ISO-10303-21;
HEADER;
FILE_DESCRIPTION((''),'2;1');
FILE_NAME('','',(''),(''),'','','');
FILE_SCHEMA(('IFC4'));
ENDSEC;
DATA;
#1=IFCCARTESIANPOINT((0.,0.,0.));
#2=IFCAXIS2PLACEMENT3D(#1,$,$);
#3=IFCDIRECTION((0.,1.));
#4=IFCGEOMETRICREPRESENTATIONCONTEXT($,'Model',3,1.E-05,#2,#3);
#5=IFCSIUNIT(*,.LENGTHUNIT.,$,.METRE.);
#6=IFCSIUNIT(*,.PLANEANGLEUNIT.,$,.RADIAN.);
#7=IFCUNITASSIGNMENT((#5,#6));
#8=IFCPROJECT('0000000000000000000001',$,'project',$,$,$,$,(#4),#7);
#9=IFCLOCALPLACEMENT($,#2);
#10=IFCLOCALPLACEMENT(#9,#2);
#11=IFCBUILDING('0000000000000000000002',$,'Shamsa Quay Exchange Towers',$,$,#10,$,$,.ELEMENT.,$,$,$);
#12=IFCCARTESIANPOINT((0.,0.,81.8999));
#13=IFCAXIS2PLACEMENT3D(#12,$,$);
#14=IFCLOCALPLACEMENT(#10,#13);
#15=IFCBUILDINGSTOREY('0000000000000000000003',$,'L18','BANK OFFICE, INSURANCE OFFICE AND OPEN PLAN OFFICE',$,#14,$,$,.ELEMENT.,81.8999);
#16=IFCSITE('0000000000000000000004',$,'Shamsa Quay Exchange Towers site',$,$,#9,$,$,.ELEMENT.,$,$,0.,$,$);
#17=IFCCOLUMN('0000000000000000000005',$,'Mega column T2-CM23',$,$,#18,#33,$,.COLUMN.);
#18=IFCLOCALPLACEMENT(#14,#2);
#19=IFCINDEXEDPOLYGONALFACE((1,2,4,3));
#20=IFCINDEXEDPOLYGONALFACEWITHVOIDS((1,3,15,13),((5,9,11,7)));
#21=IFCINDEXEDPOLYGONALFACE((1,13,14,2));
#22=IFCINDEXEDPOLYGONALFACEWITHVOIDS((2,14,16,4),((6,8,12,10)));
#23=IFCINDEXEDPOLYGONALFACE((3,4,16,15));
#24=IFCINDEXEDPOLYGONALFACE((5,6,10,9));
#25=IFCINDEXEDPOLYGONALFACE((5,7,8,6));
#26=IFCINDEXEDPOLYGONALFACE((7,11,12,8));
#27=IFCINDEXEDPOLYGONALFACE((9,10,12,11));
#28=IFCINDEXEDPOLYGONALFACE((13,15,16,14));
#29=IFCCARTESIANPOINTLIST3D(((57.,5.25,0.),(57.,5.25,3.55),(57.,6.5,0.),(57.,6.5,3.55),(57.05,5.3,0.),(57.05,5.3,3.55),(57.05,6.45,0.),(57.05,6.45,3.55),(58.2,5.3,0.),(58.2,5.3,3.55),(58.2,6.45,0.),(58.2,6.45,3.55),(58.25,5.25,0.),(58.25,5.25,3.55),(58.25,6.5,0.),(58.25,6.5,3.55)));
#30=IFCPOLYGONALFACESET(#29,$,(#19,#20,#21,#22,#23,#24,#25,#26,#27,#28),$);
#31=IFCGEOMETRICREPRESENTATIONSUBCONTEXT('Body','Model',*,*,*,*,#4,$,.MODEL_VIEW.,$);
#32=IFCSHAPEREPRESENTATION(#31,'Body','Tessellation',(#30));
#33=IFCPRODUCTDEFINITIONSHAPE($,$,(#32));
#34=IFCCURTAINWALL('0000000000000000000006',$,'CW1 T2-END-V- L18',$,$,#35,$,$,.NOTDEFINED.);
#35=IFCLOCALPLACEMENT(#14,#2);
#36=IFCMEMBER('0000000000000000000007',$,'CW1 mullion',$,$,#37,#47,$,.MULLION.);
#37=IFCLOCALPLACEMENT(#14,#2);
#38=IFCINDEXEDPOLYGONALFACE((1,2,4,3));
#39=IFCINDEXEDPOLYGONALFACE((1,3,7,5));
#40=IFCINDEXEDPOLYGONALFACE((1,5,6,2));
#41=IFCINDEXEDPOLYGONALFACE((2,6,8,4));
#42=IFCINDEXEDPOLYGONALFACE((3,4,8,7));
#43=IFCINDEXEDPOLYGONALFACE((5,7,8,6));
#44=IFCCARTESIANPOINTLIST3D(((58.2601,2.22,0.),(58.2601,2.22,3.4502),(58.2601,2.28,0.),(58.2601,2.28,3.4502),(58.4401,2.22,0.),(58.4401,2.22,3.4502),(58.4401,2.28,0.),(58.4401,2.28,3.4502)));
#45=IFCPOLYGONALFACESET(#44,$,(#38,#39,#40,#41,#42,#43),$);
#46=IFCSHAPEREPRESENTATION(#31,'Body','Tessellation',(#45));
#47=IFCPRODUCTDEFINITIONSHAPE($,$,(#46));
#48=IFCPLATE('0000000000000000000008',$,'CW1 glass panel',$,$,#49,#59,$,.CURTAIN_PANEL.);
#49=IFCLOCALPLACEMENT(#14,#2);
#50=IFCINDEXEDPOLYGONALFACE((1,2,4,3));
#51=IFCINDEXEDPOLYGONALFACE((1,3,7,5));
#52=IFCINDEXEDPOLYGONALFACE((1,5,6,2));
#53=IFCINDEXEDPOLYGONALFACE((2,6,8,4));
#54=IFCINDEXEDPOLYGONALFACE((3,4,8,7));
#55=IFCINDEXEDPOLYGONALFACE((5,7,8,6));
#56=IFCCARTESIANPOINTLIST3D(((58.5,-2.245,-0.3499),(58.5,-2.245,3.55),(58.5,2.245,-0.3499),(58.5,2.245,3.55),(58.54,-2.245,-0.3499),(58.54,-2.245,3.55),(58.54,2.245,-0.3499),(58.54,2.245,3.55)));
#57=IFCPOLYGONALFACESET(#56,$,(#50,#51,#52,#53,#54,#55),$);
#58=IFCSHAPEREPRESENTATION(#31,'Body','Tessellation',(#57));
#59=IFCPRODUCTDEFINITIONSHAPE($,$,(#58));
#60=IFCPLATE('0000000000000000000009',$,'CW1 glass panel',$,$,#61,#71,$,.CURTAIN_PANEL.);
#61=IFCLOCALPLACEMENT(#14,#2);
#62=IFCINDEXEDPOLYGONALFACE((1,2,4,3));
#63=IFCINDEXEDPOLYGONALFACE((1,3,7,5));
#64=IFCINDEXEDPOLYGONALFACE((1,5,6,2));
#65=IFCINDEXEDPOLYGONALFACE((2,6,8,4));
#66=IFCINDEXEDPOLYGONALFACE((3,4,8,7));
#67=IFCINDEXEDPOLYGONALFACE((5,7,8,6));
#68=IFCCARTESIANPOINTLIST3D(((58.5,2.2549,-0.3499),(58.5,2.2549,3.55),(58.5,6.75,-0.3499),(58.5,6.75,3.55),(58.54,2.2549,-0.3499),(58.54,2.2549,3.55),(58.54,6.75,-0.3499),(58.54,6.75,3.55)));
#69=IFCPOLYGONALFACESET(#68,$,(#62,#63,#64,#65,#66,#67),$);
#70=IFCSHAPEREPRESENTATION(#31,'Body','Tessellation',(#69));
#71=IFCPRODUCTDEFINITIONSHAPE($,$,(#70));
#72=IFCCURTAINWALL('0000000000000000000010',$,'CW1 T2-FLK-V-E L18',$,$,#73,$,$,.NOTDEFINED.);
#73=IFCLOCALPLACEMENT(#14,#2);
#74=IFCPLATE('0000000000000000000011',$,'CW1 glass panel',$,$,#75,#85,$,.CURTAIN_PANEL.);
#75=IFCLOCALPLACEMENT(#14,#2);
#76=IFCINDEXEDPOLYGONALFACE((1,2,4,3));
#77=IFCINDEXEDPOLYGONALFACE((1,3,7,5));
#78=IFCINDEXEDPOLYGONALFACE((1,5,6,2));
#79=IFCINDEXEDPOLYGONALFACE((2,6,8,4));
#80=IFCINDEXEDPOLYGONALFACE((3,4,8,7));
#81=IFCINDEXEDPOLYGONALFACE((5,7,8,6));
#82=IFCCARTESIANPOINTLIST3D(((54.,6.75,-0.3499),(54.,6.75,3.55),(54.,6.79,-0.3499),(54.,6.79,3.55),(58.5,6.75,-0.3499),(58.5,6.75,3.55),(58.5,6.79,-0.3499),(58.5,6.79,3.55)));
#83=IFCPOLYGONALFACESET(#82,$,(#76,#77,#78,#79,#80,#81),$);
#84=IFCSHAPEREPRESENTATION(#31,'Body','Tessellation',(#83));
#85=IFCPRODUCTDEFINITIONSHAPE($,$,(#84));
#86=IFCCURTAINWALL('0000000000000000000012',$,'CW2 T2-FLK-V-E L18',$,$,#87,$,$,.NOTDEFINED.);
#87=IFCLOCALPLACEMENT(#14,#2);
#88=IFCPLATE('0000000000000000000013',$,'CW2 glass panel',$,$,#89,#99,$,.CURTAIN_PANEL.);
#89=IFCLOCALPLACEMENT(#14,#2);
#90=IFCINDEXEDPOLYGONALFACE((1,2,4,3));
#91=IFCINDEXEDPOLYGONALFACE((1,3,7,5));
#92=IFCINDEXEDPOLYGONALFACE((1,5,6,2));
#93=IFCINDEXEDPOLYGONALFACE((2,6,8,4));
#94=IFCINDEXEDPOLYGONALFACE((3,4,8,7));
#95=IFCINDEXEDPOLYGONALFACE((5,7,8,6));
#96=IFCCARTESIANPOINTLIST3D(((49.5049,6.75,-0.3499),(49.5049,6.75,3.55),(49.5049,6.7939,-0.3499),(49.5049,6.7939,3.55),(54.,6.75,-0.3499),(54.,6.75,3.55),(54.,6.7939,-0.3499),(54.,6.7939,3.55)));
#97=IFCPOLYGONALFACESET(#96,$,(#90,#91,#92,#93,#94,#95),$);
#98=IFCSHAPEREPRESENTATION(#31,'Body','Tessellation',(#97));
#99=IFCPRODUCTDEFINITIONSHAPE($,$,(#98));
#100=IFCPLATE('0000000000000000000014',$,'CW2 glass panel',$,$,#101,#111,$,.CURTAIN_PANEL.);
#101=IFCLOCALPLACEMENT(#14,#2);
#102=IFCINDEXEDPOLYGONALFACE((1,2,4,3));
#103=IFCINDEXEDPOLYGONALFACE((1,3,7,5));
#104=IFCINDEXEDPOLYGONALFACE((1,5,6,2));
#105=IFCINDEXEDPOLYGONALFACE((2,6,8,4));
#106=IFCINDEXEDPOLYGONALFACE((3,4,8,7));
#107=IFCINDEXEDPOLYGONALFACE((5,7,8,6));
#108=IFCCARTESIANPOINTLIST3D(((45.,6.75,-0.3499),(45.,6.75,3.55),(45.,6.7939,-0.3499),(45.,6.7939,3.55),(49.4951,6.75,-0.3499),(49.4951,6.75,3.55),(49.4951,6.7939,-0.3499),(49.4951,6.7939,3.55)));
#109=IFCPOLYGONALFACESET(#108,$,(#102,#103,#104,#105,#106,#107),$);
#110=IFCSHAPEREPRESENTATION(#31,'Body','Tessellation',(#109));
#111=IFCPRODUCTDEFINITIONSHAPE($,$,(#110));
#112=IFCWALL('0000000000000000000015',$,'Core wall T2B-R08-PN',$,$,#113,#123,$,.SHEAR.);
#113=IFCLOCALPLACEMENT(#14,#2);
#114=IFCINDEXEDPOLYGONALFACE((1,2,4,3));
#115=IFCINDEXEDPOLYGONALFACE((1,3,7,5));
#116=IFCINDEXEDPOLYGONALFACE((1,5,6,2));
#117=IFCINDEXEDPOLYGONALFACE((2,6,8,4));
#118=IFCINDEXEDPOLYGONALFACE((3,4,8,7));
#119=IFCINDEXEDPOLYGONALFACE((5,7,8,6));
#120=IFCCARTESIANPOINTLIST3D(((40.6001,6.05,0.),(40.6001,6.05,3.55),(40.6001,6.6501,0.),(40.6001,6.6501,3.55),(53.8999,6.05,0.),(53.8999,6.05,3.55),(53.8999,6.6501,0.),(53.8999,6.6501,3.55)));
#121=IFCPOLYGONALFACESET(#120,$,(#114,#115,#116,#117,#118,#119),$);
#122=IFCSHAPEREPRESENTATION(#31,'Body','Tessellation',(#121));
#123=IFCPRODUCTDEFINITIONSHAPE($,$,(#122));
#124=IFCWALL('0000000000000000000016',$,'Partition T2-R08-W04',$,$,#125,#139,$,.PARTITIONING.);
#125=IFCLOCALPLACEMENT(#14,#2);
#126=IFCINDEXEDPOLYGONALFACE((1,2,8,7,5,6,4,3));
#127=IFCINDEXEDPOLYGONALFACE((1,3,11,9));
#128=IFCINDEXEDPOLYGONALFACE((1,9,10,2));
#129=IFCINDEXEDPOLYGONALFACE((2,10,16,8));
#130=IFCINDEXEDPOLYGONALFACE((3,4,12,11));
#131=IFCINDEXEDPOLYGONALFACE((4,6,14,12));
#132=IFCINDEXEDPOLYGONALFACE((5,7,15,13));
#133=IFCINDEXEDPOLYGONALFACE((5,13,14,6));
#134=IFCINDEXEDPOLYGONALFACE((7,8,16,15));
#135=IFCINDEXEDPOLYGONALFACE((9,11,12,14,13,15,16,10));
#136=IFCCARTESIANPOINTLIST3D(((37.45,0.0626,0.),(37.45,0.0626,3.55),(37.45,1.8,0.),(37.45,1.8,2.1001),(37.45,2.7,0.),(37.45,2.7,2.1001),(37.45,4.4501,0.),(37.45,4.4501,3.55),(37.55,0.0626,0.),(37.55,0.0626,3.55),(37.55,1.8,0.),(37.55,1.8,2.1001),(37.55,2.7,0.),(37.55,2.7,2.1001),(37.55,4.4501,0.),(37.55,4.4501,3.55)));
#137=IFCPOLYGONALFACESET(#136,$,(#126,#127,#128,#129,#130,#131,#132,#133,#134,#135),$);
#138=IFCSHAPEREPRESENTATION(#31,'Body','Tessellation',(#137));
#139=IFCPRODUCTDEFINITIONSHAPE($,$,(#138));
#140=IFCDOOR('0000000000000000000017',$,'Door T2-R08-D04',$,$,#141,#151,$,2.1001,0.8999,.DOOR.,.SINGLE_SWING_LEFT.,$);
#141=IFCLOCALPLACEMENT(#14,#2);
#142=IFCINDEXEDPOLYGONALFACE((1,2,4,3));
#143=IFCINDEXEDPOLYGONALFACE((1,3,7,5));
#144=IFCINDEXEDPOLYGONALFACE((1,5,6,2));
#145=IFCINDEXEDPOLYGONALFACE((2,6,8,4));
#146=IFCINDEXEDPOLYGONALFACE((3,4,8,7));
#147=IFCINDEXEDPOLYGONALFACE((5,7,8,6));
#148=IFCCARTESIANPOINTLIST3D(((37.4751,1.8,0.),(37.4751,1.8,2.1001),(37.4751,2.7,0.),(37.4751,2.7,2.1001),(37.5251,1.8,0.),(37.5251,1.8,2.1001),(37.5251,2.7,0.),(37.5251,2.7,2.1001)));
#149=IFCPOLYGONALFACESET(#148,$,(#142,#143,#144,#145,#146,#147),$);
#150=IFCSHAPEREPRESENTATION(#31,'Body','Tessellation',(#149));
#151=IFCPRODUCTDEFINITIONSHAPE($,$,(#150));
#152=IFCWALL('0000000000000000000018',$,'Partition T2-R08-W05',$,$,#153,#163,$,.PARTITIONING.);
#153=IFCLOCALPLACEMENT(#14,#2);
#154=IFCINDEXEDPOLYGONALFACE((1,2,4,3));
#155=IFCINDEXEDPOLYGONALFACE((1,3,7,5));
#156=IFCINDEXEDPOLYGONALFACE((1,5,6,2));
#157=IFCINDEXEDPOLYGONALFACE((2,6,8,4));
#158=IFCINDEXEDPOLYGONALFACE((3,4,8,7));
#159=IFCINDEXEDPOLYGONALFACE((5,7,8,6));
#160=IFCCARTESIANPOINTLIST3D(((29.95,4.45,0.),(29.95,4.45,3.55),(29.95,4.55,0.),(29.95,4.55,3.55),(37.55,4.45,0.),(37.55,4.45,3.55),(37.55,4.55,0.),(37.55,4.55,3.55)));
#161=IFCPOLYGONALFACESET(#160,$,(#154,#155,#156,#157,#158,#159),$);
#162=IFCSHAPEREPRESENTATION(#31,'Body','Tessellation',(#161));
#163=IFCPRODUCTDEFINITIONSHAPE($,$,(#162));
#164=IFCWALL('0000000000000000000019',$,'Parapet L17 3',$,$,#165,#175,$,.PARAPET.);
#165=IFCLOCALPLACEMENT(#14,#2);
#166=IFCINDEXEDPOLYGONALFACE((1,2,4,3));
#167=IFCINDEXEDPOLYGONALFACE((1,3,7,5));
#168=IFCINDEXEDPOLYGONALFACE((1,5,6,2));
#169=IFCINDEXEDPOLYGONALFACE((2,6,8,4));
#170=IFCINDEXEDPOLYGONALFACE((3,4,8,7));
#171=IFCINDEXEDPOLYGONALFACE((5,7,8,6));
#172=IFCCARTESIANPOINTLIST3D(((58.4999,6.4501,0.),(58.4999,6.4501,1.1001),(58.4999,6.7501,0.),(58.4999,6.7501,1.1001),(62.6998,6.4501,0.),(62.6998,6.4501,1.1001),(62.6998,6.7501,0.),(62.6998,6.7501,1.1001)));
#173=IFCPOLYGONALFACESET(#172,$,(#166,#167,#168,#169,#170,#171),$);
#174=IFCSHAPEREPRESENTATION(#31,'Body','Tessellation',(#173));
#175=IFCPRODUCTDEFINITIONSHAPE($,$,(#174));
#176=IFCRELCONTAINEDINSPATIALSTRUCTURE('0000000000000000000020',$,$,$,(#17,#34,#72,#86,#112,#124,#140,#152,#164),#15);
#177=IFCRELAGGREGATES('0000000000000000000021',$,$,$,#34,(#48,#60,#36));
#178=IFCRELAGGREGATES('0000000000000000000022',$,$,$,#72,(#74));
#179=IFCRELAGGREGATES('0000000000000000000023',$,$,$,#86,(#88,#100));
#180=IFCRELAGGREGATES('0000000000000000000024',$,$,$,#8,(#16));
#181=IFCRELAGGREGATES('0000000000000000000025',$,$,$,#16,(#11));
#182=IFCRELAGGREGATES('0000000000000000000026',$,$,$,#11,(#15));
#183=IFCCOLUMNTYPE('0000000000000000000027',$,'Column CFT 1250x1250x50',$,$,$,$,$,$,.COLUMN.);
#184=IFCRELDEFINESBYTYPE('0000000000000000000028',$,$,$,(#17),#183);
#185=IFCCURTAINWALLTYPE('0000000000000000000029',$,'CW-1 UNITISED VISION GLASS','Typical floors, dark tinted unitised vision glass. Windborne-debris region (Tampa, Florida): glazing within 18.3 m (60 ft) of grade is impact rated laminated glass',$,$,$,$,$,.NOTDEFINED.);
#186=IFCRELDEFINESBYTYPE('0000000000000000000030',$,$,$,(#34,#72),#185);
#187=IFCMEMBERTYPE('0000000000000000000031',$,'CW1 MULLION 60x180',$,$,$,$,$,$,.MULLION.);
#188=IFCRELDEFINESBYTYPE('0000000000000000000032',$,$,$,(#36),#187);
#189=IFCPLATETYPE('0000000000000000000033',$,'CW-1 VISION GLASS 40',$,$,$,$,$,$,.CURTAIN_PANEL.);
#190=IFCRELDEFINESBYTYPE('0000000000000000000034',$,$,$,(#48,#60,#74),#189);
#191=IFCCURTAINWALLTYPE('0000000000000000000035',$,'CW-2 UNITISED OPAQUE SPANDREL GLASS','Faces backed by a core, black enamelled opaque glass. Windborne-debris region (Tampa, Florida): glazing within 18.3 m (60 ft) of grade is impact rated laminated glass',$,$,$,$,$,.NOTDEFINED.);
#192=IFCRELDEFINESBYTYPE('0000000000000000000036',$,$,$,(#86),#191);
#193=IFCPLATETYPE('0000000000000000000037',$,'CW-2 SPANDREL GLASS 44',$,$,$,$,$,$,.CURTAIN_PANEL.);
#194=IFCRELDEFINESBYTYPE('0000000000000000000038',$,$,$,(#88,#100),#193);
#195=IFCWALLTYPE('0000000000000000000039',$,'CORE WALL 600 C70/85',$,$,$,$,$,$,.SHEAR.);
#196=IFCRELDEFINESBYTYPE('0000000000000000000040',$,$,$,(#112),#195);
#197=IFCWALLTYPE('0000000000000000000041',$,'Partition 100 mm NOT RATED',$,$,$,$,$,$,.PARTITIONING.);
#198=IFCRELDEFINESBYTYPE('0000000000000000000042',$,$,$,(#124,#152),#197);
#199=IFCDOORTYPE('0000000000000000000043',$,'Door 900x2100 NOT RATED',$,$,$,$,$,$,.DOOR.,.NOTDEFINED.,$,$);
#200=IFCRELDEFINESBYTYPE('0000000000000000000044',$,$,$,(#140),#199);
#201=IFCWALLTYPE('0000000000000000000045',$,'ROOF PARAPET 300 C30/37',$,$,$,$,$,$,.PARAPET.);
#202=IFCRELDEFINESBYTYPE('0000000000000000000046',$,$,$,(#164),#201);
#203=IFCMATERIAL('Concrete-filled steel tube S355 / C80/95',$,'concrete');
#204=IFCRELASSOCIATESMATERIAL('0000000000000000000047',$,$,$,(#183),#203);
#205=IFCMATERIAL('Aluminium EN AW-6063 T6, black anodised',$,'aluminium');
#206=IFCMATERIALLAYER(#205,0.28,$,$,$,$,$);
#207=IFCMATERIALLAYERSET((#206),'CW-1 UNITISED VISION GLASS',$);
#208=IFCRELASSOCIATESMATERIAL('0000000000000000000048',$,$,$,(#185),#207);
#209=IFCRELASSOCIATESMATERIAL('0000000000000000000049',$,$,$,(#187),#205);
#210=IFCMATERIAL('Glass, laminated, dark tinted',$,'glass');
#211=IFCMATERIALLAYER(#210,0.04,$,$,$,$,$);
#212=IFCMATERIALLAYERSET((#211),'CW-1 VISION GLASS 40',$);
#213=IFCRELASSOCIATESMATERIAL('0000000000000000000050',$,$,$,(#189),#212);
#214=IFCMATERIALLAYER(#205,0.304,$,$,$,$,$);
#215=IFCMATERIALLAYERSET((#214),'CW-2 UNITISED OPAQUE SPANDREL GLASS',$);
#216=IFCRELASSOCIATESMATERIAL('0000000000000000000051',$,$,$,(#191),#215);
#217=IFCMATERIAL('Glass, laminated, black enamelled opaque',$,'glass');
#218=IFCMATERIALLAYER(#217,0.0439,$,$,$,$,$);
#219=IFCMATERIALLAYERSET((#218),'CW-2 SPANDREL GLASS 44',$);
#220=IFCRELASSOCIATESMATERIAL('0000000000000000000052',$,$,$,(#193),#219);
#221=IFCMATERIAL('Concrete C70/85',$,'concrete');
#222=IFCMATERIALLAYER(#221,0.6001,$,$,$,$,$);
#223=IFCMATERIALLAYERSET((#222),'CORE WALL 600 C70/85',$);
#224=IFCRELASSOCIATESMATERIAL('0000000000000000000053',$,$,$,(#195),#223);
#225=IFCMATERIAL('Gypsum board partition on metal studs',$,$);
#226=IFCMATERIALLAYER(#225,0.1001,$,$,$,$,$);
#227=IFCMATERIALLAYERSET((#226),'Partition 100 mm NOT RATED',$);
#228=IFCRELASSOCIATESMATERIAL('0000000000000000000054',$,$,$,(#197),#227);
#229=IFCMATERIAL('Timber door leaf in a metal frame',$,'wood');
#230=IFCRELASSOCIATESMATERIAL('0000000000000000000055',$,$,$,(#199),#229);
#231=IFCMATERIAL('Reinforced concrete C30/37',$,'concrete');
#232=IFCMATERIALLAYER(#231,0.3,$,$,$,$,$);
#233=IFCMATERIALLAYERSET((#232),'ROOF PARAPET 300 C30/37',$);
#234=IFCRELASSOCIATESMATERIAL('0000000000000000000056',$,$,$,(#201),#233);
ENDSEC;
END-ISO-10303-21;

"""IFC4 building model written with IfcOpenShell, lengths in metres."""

from ifc_helpers import new_model, si_unit, direction, frame, frame_2d, origin, origin_2d, place, context, subcontext, project, spatial, rectangle, hollow_rectangle, extrude, material, layer, layer_set, material_profile, profile_set, type_object, element, fill, aggregate, save


model = new_model("IFC4")

# Units and contexts
model_context = context("Model", 3, precision=1e-05, world=origin(), true_north=direction((0.0, 1.0)))
body_context = subcontext(model_context, "Body", "Model", "MODEL_VIEW")
ifc_project = project(units=[si_unit("LENGTHUNIT", "METRE"), si_unit("PLANEANGLEUNIT", "RADIAN")], contexts=[model_context])

# Site, building, storey
site_placement = place(None, origin())
site = spatial("IfcSite", under=ifc_project, at=site_placement, Name="Shamsa Quay Exchange Towers site", CompositionType="ELEMENT", RefElevation=0.0)
building_placement = place(site_placement, origin())
building = spatial("IfcBuilding", under=site, at=building_placement, Name="Shamsa Quay Exchange Towers", CompositionType="ELEMENT")
storey_placement = place(building_placement, frame((0.0, 0.0, 81.8999)))
storey = spatial("IfcBuildingStorey", under=building, at=storey_placement, Name="L18", Description="BANK OFFICE, INSURANCE OFFICE AND OPEN PLAN OFFICE", CompositionType="ELEMENT", Elevation=81.8999)

# Column
ifc_material_1 = material(Name="Concrete-filled steel tube S355 / C80/95", Category="concrete")
ifc_material_profile_1 = material_profile(ifc_material_1, hollow_rectangle(XDim=1.25, YDim=1.25, WallThickness=0.05, at=origin_2d()), Name="CFT 1250x1250x50")
ifc_profile_set_1 = profile_set([ifc_material_profile_1], Name="Concrete-filled steel tube S355 / C80/95")
column_type = type_object("IfcColumnType", Name="Column CFT 1250x1250x50", PredefinedType="COLUMN", material=ifc_profile_set_1)
column_placement = place(storey_placement, frame((57.625, 5.875, 0.0)))
element("IfcColumn", 1, at=column_placement, inside=storey, type_object=column_type, Name="Mega column T2-CM23", PredefinedType="COLUMN", context=body_context, shape_type="SweptSolid", body=[
    extrude(hollow_rectangle(XDim=1.25, YDim=1.25, WallThickness=0.05, at=origin_2d()), origin(), (0.0, 0.0, 1.0), 3.55),
])

# Curtain wall, member, plates
ifc_material_2 = material(Name="Aluminium EN AW-6063 T6, black anodised", Category="aluminium")
ifc_layer_1 = layer(ifc_material_2, 0.28)
ifc_layer_set_1 = layer_set([ifc_layer_1], Name="CW-1 UNITISED VISION GLASS")
curtain_wall_type_1 = type_object("IfcCurtainWallType", Name="CW-1 UNITISED VISION GLASS", Description="Typical floors, dark tinted unitised vision glass. Windborne-debris region (Tampa, Florida): glazing within 18.3 m (60 ft) of grade is impact rated laminated glass", PredefinedType="NOTDEFINED", material=ifc_layer_set_1)
curtain_wall_1_placement = place(storey_placement, origin())
curtain_wall_1 = element("IfcCurtainWall", 2, at=curtain_wall_1_placement, inside=storey, type_object=curtain_wall_type_1, Name="CW1 T2-END-V- L18", PredefinedType="NOTDEFINED")
ifc_material_profile_2 = material_profile(ifc_material_2, rectangle(XDim=0.1799, YDim=0.0601, at=origin_2d()), Name="MU60x180")
ifc_profile_set_2 = profile_set([ifc_material_profile_2], Name="Aluminium EN AW-6063 T6, black anodised")
member_type = type_object("IfcMemberType", Name="CW1 MULLION 60x180", PredefinedType="MULLION", material=ifc_profile_set_2)
member_placement = place(storey_placement, frame((58.3501, 2.25, 0.0), z_axis=(0.0, 0.0, 1.0), x_axis=(-1.0, 0.0, 0.0)))
member = element("IfcMember", 3, at=member_placement, type_object=member_type, Name="CW1 mullion", PredefinedType="MULLION", context=body_context, shape_type="SweptSolid", body=[
    extrude(rectangle(XDim=0.1799, YDim=0.0601, at=origin_2d()), origin(), (0.0, 0.0, 1.0), 3.4502),
])
ifc_material_3 = material(Name="Glass, laminated, dark tinted", Category="glass")
ifc_layer_2 = layer(ifc_material_3, 0.04)
ifc_layer_set_2 = layer_set([ifc_layer_2], Name="CW-1 VISION GLASS 40")
plate_type_1 = type_object("IfcPlateType", Name="CW-1 VISION GLASS 40", PredefinedType="CURTAIN_PANEL", material=ifc_layer_set_2)
plate_1_placement = place(storey_placement, frame((58.52, 0.0, -0.3499), z_axis=(0.0, 0.0, 1.0), x_axis=(0.0, 1.0, 0.0)))
plate_1 = element("IfcPlate", 4, at=plate_1_placement, type_object=plate_type_1, Name="CW1 glass panel", PredefinedType="CURTAIN_PANEL", context=body_context, shape_type="SweptSolid", body=[
    extrude(rectangle(XDim=4.49, YDim=0.04, at=origin_2d()), origin(), (0.0, 0.0, 1.0), 3.8999),
])
plate_2_placement = place(storey_placement, frame((58.52, 4.5024, -0.3499), z_axis=(0.0, 0.0, 1.0), x_axis=(0.0, 1.0, 0.0)))
plate_2 = element("IfcPlate", 5, at=plate_2_placement, type_object=plate_type_1, Name="CW1 glass panel", PredefinedType="CURTAIN_PANEL", context=body_context, shape_type="SweptSolid", body=[
    extrude(rectangle(XDim=4.4951, YDim=0.04, at=origin_2d()), origin(), (0.0, 0.0, 1.0), 3.8999),
])
aggregate(curtain_wall_1, [plate_1, plate_2, member])

# Curtain wall, plate
curtain_wall_2_placement = place(storey_placement, origin())
curtain_wall_2 = element("IfcCurtainWall", 6, at=curtain_wall_2_placement, inside=storey, type_object=curtain_wall_type_1, Name="CW1 T2-FLK-V-E L18", PredefinedType="NOTDEFINED")
plate_3_placement = place(storey_placement, frame((56.25, 6.77, -0.3499), z_axis=(0.0, 0.0, 1.0), x_axis=(-1.0, 0.0, 0.0)))
plate_3 = element("IfcPlate", 7, at=plate_3_placement, type_object=plate_type_1, Name="CW1 glass panel", PredefinedType="CURTAIN_PANEL", context=body_context, shape_type="SweptSolid", body=[
    extrude(rectangle(XDim=4.5, YDim=0.04, at=origin_2d()), origin(), (0.0, 0.0, 1.0), 3.8999),
])
aggregate(curtain_wall_2, [plate_3])

# Curtain wall, plates
ifc_layer_3 = layer(ifc_material_2, 0.304)
ifc_layer_set_3 = layer_set([ifc_layer_3], Name="CW-2 UNITISED OPAQUE SPANDREL GLASS")
curtain_wall_type_2 = type_object("IfcCurtainWallType", Name="CW-2 UNITISED OPAQUE SPANDREL GLASS", Description="Faces backed by a core, black enamelled opaque glass. Windborne-debris region (Tampa, Florida): glazing within 18.3 m (60 ft) of grade is impact rated laminated glass", PredefinedType="NOTDEFINED", material=ifc_layer_set_3)
curtain_wall_3_placement = place(storey_placement, origin())
curtain_wall_3 = element("IfcCurtainWall", 8, at=curtain_wall_3_placement, inside=storey, type_object=curtain_wall_type_2, Name="CW2 T2-FLK-V-E L18", PredefinedType="NOTDEFINED")
ifc_material_4 = material(Name="Glass, laminated, black enamelled opaque", Category="glass")
ifc_layer_4 = layer(ifc_material_4, 0.0439)
ifc_layer_set_4 = layer_set([ifc_layer_4], Name="CW-2 SPANDREL GLASS 44")
plate_type_2 = type_object("IfcPlateType", Name="CW-2 SPANDREL GLASS 44", PredefinedType="CURTAIN_PANEL", material=ifc_layer_set_4)
plate_4_placement = place(storey_placement, frame((51.7524, 6.772, -0.3499), z_axis=(0.0, 0.0, 1.0), x_axis=(-1.0, 0.0, 0.0)))
plate_4 = element("IfcPlate", 9, at=plate_4_placement, type_object=plate_type_2, Name="CW2 glass panel", PredefinedType="CURTAIN_PANEL", context=body_context, shape_type="SweptSolid", body=[
    extrude(rectangle(XDim=4.4951, YDim=0.0439, at=origin_2d()), origin(), (0.0, 0.0, 1.0), 3.8999),
])
plate_5_placement = place(storey_placement, frame((47.2476, 6.772, -0.3499), z_axis=(0.0, 0.0, 1.0), x_axis=(-1.0, 0.0, 0.0)))
plate_5 = element("IfcPlate", 10, at=plate_5_placement, type_object=plate_type_2, Name="CW2 glass panel", PredefinedType="CURTAIN_PANEL", context=body_context, shape_type="SweptSolid", body=[
    extrude(rectangle(XDim=4.4951, YDim=0.0439, at=origin_2d()), origin(), (0.0, 0.0, 1.0), 3.8999),
])
aggregate(curtain_wall_3, [plate_4, plate_5])

# Wall
ifc_material_5 = material(Name="Concrete C70/85", Category="concrete")
ifc_layer_5 = layer(ifc_material_5, 0.6001)
ifc_layer_set_5 = layer_set([ifc_layer_5], Name="CORE WALL 600 C70/85")
wall_type_1 = type_object("IfcWallType", Name="CORE WALL 600 C70/85", PredefinedType="SHEAR", material=ifc_layer_set_5)
wall_1_placement = place(storey_placement, frame((53.8999, 6.3501, 0.0), z_axis=(0.0, 0.0, 1.0), x_axis=(-1.0, 0.0, 0.0)))
element("IfcWall", 11, at=wall_1_placement, inside=storey, type_object=wall_type_1, Name="Core wall T2B-R08-PN", PredefinedType="SHEAR", context=body_context, shape_type="SweptSolid", body=[
    extrude(rectangle(XDim=13.2998, YDim=0.6001, at=frame_2d((6.6499, 0.0))), origin(), (0.0, 0.0, 1.0), 3.55),
])

# Wall, opening, door
ifc_material_6 = material(Name="Gypsum board partition on metal studs")
ifc_layer_6 = layer(ifc_material_6, 0.1001)
ifc_layer_set_6 = layer_set([ifc_layer_6], Name="Partition 100 mm NOT RATED")
wall_type_2 = type_object("IfcWallType", Name="Partition 100 mm NOT RATED", PredefinedType="PARTITIONING", material=ifc_layer_set_6)
wall_2_placement = place(storey_placement, frame((37.5, 0.0625, 0.0), z_axis=(0.0, 0.0, 1.0), x_axis=(0.0, 1.0, 0.0)))
wall_2 = element("IfcWall", 12, at=wall_2_placement, inside=storey, type_object=wall_type_2, Name="Partition T2-R08-W04", PredefinedType="PARTITIONING", context=body_context, shape_type="SweptSolid", body=[
    extrude(rectangle(XDim=4.3875, YDim=0.1001, at=frame_2d((2.1938, 0.0))), origin(), (0.0, 0.0, 1.0), 3.55),
])
opening_1_placement = place(wall_2_placement, frame((1.7375, 0.0, 0.0)))
opening_1 = element("IfcOpeningElement", 13, at=opening_1_placement, cuts=wall_2, PredefinedType="OPENING", context=body_context, shape_type="SweptSolid", body=[
    extrude(rectangle(XDim=0.8999, YDim=2.1001, at=frame_2d((0.45, 1.05))), frame((0.0, 0.0601, 0.0), z_axis=(0.0, -1.0, 0.0), x_axis=(1.0, 0.0, 0.0)), (0.0, 0.0, 1.0), 0.1201),
])
ifc_material_7 = material(Name="Timber door leaf in a metal frame", Category="wood")
door_type_1 = type_object("IfcDoorType", Name="Door 900x2100 NOT RATED", OperationType="NOTDEFINED", PredefinedType="DOOR", material=ifc_material_7)
door_1_placement = place(opening_1_placement, origin())
door_1 = element("IfcDoor", 14, at=door_1_placement, inside=storey, type_object=door_type_1, Name="Door T2-R08-D04", OperationType="SINGLE_SWING_LEFT", OverallHeight=2.1001, OverallWidth=0.8999, PredefinedType="DOOR", context=body_context, shape_type="SweptSolid", body=[
    extrude(rectangle(XDim=0.8999, YDim=2.1001, at=frame_2d((0.45, 1.05))), frame((0.0, 0.0249, 0.0), z_axis=(0.0, -1.0, 0.0), x_axis=(1.0, 0.0, 0.0)), (0.0, 0.0, 1.0), 0.05),
])
fill(opening_1, door_1)

# Walls
wall_3_placement = place(storey_placement, frame((37.55, 4.5, 0.0), z_axis=(0.0, 0.0, 1.0), x_axis=(-1.0, 0.0, 0.0)))
element("IfcWall", 15, at=wall_3_placement, inside=storey, type_object=wall_type_2, Name="Partition T2-R08-W05", PredefinedType="PARTITIONING", context=body_context, shape_type="SweptSolid", body=[
    extrude(rectangle(XDim=7.6001, YDim=0.1001, at=frame_2d((3.8, 0.0))), origin(), (0.0, 0.0, 1.0), 3.55),
])
ifc_material_8 = material(Name="Reinforced concrete C30/37", Category="concrete")
ifc_layer_7 = layer(ifc_material_8, 0.3)
ifc_layer_set_7 = layer_set([ifc_layer_7], Name="ROOF PARAPET 300 C30/37")
wall_type_3 = type_object("IfcWallType", Name="ROOF PARAPET 300 C30/37", PredefinedType="PARAPET", material=ifc_layer_set_7)
wall_4_placement = place(storey_placement, frame((62.7, 6.6001, 0.0), z_axis=(0.0, 0.0, 1.0), x_axis=(-1.0, 0.0, 0.0)))
element("IfcWall", 16, at=wall_4_placement, inside=storey, type_object=wall_type_3, Name="Parapet L17 3", PredefinedType="PARAPET", context=body_context, shape_type="SweptSolid", body=[
    extrude(rectangle(XDim=4.2, YDim=0.3, at=frame_2d((2.1001, 0.0))), origin(), (0.0, 0.0, 1.0), 1.1001),
])

save(model, "model.ifc")
